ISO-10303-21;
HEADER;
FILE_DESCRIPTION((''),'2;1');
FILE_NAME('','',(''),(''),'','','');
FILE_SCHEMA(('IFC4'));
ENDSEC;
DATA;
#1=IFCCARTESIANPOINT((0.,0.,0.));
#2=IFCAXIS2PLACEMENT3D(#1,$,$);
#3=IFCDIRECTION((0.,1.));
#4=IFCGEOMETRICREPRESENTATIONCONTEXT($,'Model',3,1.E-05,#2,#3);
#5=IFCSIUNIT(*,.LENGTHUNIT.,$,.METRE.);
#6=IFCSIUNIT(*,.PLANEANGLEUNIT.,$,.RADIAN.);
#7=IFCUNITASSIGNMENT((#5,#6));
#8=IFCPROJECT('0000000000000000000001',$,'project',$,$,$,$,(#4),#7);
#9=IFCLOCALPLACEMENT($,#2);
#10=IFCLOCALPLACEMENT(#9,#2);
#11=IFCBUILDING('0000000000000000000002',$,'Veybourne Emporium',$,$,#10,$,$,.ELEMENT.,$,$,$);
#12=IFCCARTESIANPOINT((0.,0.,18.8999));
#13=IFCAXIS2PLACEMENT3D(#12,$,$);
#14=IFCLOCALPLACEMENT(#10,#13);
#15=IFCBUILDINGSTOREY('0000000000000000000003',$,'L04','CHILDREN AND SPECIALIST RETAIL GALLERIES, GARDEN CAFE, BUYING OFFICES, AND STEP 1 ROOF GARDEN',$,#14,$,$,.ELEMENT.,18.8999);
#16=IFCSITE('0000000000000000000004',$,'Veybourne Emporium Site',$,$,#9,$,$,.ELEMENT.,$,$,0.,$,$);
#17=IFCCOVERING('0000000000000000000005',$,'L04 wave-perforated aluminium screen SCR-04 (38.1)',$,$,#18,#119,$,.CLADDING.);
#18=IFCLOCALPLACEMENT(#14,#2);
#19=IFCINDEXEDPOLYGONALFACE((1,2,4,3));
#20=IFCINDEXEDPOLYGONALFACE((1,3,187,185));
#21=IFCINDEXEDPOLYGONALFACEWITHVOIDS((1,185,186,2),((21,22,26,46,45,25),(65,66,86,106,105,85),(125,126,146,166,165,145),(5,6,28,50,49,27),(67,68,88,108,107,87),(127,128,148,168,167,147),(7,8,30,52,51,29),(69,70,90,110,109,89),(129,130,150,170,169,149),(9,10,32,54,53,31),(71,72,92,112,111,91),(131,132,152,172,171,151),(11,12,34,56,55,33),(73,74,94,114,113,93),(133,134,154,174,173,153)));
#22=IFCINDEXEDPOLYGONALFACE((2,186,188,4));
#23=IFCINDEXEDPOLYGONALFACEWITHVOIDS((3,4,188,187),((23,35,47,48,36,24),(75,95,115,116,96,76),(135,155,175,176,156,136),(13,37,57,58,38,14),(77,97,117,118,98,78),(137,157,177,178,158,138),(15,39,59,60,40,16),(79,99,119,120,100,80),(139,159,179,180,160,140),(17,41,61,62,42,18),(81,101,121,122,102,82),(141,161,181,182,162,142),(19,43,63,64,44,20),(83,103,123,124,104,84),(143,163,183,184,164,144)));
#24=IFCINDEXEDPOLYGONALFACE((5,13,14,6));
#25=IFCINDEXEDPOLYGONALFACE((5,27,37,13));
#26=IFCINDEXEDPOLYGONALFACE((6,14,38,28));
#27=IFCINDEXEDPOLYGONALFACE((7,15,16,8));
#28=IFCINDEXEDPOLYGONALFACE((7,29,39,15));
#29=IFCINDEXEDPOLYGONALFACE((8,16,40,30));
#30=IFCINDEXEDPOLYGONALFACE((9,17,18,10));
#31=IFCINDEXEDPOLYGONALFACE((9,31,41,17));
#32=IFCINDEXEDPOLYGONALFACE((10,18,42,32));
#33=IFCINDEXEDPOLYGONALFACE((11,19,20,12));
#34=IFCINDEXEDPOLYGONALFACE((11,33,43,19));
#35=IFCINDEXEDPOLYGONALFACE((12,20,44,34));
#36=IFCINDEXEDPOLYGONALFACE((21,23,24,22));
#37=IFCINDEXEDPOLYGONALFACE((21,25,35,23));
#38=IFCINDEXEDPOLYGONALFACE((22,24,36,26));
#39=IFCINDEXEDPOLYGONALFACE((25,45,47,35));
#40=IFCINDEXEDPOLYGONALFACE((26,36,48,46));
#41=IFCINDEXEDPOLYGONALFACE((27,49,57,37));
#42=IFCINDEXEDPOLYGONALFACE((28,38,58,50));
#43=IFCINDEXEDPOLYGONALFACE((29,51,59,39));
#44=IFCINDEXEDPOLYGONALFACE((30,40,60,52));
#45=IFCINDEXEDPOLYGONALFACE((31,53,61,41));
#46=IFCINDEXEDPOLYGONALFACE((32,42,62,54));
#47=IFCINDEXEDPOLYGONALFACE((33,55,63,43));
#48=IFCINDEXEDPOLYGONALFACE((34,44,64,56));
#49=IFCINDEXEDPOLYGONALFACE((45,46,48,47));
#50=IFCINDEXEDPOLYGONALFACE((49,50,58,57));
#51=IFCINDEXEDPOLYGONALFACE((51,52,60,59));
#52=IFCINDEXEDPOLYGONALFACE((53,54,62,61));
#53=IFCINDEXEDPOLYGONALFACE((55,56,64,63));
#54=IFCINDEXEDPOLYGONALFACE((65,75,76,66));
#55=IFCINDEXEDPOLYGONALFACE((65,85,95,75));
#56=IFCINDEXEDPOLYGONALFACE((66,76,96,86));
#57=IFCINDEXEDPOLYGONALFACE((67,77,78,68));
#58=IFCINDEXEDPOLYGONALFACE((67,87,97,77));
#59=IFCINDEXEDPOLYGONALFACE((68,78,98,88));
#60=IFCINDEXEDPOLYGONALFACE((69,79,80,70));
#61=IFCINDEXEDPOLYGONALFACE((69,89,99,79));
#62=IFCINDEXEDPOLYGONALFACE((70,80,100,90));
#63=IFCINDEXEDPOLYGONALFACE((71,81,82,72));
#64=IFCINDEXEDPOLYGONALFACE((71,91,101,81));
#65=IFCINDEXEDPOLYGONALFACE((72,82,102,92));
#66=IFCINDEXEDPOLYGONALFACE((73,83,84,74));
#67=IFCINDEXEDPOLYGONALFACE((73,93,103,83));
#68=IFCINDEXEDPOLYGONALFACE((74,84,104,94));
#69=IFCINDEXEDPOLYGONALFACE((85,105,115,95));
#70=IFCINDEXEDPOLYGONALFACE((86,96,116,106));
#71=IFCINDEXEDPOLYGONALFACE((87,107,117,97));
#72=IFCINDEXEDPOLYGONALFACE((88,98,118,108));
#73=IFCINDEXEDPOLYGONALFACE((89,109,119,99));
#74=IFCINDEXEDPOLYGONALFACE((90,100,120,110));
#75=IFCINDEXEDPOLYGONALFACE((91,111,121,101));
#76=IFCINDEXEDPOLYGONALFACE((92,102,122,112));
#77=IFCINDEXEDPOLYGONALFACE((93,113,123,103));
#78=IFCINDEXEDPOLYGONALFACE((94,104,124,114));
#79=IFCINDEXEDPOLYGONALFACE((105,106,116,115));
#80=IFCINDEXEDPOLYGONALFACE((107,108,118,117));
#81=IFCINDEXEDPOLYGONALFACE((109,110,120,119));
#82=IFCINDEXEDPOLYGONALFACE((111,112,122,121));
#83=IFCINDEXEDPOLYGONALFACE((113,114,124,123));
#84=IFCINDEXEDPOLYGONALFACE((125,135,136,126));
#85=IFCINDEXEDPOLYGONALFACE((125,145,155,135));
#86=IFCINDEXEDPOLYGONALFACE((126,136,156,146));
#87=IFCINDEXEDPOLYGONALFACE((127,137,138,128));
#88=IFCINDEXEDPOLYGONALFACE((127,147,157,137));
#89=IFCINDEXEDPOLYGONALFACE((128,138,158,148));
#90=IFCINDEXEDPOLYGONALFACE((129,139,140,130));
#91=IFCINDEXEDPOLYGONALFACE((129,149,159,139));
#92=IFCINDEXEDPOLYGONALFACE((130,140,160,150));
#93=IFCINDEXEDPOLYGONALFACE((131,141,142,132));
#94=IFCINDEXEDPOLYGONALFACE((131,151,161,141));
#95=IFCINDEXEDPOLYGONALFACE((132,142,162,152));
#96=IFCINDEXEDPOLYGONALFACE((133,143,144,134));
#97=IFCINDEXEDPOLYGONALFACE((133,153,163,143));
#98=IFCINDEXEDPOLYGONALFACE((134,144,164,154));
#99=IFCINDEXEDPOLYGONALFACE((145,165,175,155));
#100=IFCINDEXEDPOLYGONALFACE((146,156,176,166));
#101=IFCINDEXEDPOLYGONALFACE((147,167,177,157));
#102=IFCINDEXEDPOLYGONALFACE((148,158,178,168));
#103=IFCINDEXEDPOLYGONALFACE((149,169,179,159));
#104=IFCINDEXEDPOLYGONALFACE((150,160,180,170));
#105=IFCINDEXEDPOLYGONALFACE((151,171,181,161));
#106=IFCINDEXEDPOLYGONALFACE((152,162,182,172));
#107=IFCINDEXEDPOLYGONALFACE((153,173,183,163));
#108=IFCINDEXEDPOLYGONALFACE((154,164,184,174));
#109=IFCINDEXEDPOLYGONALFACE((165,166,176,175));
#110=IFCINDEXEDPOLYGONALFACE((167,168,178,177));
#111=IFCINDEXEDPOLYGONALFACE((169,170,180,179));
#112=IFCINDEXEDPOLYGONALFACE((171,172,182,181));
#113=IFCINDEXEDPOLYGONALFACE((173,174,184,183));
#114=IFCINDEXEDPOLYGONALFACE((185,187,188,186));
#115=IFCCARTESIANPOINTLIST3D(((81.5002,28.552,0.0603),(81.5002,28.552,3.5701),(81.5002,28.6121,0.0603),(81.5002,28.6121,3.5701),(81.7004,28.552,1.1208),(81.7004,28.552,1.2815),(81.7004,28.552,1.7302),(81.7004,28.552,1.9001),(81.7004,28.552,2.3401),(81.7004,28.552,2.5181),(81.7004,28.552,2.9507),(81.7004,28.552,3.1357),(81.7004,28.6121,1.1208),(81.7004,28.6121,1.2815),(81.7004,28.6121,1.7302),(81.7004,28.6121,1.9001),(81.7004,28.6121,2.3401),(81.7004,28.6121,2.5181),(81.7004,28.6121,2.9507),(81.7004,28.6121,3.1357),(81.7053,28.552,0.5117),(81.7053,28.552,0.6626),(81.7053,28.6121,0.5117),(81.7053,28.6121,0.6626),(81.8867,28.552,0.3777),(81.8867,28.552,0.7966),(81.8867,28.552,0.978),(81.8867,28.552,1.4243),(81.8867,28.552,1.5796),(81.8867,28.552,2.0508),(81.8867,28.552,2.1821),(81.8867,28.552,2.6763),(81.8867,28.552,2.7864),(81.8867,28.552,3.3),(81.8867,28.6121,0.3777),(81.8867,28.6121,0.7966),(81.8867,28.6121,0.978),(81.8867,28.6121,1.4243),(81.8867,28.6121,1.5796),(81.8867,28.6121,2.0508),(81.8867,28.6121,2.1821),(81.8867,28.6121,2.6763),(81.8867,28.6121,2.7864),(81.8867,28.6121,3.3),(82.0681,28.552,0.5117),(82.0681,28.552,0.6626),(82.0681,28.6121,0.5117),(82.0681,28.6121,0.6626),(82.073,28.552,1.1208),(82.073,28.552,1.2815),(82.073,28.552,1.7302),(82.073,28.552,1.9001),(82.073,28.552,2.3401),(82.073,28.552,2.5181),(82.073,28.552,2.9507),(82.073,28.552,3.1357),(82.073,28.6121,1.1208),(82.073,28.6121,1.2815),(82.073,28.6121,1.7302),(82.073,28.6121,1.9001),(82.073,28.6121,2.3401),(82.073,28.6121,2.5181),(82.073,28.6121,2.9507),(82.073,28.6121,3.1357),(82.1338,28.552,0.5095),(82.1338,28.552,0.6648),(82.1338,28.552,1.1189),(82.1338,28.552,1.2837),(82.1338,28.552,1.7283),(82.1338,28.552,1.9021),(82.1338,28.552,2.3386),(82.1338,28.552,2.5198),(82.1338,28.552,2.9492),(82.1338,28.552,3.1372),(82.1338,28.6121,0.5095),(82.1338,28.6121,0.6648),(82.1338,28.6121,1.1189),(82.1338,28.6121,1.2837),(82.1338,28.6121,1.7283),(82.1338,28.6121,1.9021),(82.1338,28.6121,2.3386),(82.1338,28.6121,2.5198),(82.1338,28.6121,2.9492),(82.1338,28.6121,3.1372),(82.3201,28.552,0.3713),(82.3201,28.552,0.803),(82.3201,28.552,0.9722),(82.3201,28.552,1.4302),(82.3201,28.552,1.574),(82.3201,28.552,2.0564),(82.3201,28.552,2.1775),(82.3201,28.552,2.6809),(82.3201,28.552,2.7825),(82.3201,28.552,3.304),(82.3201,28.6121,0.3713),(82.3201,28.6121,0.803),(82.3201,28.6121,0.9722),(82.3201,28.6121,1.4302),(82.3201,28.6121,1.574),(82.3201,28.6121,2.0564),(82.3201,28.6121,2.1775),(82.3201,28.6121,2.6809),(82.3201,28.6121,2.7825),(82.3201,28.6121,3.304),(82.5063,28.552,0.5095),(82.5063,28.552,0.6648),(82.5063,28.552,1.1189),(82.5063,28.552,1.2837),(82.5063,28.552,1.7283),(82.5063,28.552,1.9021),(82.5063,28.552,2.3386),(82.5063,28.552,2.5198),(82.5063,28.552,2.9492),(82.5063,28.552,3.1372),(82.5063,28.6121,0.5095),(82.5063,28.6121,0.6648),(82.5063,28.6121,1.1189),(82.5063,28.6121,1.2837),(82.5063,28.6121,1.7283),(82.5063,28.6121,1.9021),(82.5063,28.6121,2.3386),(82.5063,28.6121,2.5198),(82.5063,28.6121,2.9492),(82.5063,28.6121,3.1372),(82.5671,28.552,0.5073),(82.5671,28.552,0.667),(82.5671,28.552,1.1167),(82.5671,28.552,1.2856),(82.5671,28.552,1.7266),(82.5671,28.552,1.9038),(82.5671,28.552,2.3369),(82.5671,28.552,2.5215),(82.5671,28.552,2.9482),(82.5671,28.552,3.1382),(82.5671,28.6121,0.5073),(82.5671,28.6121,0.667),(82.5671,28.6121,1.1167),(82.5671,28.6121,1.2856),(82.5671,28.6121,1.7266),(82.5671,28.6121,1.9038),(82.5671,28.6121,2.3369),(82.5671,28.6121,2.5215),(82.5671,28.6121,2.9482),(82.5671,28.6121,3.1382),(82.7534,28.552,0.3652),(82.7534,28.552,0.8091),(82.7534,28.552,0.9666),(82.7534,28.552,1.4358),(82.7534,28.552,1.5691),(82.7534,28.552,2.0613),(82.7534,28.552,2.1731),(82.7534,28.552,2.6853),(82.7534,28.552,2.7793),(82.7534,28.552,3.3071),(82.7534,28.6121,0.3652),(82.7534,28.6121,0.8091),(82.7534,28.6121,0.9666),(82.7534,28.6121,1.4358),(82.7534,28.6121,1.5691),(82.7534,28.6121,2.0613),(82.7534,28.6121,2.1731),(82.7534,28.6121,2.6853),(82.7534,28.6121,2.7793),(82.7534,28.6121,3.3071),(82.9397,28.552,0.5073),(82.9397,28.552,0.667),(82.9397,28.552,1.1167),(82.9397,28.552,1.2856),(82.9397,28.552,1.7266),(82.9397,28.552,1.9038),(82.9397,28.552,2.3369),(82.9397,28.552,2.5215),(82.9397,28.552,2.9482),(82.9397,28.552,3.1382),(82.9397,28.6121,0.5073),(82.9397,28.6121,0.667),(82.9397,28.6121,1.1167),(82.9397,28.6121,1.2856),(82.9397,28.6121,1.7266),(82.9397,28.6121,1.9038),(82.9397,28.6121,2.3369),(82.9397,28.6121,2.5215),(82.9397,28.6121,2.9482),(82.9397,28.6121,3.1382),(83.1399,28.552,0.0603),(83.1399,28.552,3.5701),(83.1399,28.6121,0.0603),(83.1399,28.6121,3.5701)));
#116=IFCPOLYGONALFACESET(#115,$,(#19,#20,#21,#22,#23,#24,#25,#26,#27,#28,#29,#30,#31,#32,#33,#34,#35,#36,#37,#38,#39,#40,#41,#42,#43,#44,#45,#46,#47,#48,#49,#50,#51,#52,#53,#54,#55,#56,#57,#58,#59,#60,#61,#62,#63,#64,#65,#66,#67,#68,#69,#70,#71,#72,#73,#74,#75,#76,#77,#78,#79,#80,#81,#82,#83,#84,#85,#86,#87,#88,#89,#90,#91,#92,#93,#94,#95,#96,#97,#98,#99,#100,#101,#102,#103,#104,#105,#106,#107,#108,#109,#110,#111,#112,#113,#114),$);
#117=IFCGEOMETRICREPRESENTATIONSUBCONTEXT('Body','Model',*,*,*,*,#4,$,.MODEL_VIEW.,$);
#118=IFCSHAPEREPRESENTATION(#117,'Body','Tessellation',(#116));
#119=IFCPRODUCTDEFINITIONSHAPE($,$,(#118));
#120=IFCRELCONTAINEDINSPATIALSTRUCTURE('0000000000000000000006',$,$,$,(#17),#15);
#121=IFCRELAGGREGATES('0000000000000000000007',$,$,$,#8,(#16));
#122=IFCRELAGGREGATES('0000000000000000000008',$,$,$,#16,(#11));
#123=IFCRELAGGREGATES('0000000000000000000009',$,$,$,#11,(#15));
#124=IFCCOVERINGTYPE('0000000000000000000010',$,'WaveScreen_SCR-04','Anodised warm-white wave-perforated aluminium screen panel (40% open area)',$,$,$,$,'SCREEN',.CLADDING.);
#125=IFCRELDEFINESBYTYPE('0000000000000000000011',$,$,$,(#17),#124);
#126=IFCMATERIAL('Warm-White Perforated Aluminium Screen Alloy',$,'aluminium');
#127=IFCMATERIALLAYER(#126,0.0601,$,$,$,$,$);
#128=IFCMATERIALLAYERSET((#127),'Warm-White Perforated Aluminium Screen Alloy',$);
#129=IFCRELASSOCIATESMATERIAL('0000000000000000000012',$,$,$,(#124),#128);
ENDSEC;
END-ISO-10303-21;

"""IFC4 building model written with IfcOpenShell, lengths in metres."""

from ifc_helpers import new_model, si_unit, direction, frame, origin, place, context, subcontext, project, spatial, polyline, outline, extrude, material, layer, layer_set, type_object, element, save


model = new_model("IFC4")

# Units and contexts
model_context = context("Model", 3, precision=1e-05, world=origin(), true_north=direction((0.0, 1.0)))
body_context = subcontext(model_context, "Body", "Model", "MODEL_VIEW")
ifc_project = project(units=[si_unit("LENGTHUNIT", "METRE"), si_unit("PLANEANGLEUNIT", "RADIAN")], contexts=[model_context])

# Site, building, storey
site_placement = place(None, origin())
site = spatial("IfcSite", under=ifc_project, at=site_placement, Name="Veybourne Emporium Site", CompositionType="ELEMENT", RefElevation=0.0)
building_placement = place(site_placement, origin())
building = spatial("IfcBuilding", under=site, at=building_placement, Name="Veybourne Emporium", CompositionType="ELEMENT")
storey_placement = place(building_placement, frame((0.0, 0.0, 18.8999)))
storey = spatial("IfcBuildingStorey", under=building, at=storey_placement, Name="L04", Description="CHILDREN AND SPECIALIST RETAIL GALLERIES, GARDEN CAFE, BUYING OFFICES, AND STEP 1 ROOF GARDEN", CompositionType="ELEMENT", Elevation=18.8999)

# Covering
ifc_material_1 = material(Name="Warm-White Perforated Aluminium Screen Alloy", Category="aluminium")
ifc_layer_1 = layer(ifc_material_1, 0.0601)
ifc_layer_set_1 = layer_set([ifc_layer_1], Name="Warm-White Perforated Aluminium Screen Alloy")
covering_type_1 = type_object("IfcCoveringType", Name="WaveScreen_SCR-04", Description="Anodised warm-white wave-perforated aluminium screen panel (40% open area)", ElementType="SCREEN", PredefinedType="CLADDING", material=ifc_layer_set_1)
covering_1_placement = place(storey_placement, frame((82.3201, 28.552, 1.8152), z_axis=(0.0, 1.0, 0.0), x_axis=(-1.0, 0.0, 0.0)))
element("IfcCovering", 1, at=covering_1_placement, inside=storey, type_object=covering_type_1, Name="L04 wave-perforated aluminium screen SCR-04 (38.1)", PredefinedType="CLADDING", context=body_context, shape_type="SweptSolid", body=[
    extrude(outline(polyline([(-0.8198, -1.7549), (0.8198, -1.7549), (0.8198, 1.7549), (-0.8198, 1.7549), (-0.8198, -1.7549)]), holes=[polyline([(-0.4333, -1.0061), (-0.2471, -1.1482), (-0.2471, -1.3079), (-0.4333, -1.45), (-0.6196, -1.3079), (-0.6196, -1.1482), (-0.4333, -1.0061)]), polyline([(-0.4333, -0.3794), (-0.2471, -0.5295), (-0.2471, -0.6985), (-0.4333, -0.8486), (-0.6196, -0.6985), (-0.6196, -0.5295), (-0.4333, -0.3794)]), polyline([(-0.4333, 0.2461), (-0.2471, 0.0886), (-0.2471, -0.0886), (-0.4333, -0.2461), (-0.6196, -0.0886), (-0.6196, 0.0886), (-0.4333, 0.2461)]), polyline([(-0.4333, 0.8701), (-0.2471, 0.7063), (-0.2471, 0.5217), (-0.4333, 0.3579), (-0.6196, 0.5217), (-0.6196, 0.7063), (-0.4333, 0.8701)]), polyline([(-0.4333, 1.4919), (-0.2471, 1.323), (-0.2471, 1.1331), (-0.4333, 0.9641), (-0.6196, 1.1331), (-0.6196, 1.323), (-0.4333, 1.4919)]), polyline([(0.0, -1.0122), (0.1863, -1.1504), (0.1863, -1.3057), (0.0, -1.4438), (-0.1863, -1.3057), (-0.1863, -1.1504), (0.0, -1.0122)]), polyline([(0.0, -0.385), (0.1863, -0.5315), (0.1863, -0.6963), (0.0, -0.843), (-0.1863, -0.6963), (-0.1863, -0.5315), (0.0, -0.385)]), polyline([(0.0, 0.2412), (0.1863, 0.0869), (0.1863, -0.0869), (0.0, -0.2412), (-0.1863, -0.0869), (-0.1863, 0.0869), (0.0, 0.2412)]), polyline([(0.0, 0.8657), (0.1863, 0.7046), (0.1863, 0.5234), (0.0, 0.3623), (-0.1863, 0.5234), (-0.1863, 0.7046), (0.0, 0.8657)]), polyline([(0.0, 1.4888), (0.1863, 1.322), (0.1863, 1.134), (0.0, 0.9673), (-0.1863, 1.134), (-0.1863, 1.322), (0.0, 1.4888)]), polyline([(0.4333, -1.0186), (0.6147, -1.1526), (0.6147, -1.3035), (0.4333, -1.4375), (0.252, -1.3035), (0.252, -1.1526), (0.4333, -1.0186)]), polyline([(0.4333, -0.3909), (0.6196, -0.5337), (0.6196, -0.6943), (0.4333, -0.8372), (0.2471, -0.6943), (0.2471, -0.5337), (0.4333, -0.3909)]), polyline([(0.4333, 0.2356), (0.6196, 0.085), (0.6196, -0.085), (0.4333, -0.2356), (0.2471, -0.085), (0.2471, 0.085), (0.4333, 0.2356)]), polyline([(0.4333, 0.8611), (0.6196, 0.7029), (0.6196, 0.5249), (0.4333, 0.3669), (0.2471, 0.5249), (0.2471, 0.7029), (0.4333, 0.8611)]), polyline([(0.4333, 1.4849), (0.6196, 1.3206), (0.6196, 1.1355), (0.4333, 0.9712), (0.2471, 1.1355), (0.2471, 1.3206), (0.4333, 1.4849)])]), origin(), (0.0, 0.0, 1.0), 0.0601),
])

save(model, "model.ifc")
